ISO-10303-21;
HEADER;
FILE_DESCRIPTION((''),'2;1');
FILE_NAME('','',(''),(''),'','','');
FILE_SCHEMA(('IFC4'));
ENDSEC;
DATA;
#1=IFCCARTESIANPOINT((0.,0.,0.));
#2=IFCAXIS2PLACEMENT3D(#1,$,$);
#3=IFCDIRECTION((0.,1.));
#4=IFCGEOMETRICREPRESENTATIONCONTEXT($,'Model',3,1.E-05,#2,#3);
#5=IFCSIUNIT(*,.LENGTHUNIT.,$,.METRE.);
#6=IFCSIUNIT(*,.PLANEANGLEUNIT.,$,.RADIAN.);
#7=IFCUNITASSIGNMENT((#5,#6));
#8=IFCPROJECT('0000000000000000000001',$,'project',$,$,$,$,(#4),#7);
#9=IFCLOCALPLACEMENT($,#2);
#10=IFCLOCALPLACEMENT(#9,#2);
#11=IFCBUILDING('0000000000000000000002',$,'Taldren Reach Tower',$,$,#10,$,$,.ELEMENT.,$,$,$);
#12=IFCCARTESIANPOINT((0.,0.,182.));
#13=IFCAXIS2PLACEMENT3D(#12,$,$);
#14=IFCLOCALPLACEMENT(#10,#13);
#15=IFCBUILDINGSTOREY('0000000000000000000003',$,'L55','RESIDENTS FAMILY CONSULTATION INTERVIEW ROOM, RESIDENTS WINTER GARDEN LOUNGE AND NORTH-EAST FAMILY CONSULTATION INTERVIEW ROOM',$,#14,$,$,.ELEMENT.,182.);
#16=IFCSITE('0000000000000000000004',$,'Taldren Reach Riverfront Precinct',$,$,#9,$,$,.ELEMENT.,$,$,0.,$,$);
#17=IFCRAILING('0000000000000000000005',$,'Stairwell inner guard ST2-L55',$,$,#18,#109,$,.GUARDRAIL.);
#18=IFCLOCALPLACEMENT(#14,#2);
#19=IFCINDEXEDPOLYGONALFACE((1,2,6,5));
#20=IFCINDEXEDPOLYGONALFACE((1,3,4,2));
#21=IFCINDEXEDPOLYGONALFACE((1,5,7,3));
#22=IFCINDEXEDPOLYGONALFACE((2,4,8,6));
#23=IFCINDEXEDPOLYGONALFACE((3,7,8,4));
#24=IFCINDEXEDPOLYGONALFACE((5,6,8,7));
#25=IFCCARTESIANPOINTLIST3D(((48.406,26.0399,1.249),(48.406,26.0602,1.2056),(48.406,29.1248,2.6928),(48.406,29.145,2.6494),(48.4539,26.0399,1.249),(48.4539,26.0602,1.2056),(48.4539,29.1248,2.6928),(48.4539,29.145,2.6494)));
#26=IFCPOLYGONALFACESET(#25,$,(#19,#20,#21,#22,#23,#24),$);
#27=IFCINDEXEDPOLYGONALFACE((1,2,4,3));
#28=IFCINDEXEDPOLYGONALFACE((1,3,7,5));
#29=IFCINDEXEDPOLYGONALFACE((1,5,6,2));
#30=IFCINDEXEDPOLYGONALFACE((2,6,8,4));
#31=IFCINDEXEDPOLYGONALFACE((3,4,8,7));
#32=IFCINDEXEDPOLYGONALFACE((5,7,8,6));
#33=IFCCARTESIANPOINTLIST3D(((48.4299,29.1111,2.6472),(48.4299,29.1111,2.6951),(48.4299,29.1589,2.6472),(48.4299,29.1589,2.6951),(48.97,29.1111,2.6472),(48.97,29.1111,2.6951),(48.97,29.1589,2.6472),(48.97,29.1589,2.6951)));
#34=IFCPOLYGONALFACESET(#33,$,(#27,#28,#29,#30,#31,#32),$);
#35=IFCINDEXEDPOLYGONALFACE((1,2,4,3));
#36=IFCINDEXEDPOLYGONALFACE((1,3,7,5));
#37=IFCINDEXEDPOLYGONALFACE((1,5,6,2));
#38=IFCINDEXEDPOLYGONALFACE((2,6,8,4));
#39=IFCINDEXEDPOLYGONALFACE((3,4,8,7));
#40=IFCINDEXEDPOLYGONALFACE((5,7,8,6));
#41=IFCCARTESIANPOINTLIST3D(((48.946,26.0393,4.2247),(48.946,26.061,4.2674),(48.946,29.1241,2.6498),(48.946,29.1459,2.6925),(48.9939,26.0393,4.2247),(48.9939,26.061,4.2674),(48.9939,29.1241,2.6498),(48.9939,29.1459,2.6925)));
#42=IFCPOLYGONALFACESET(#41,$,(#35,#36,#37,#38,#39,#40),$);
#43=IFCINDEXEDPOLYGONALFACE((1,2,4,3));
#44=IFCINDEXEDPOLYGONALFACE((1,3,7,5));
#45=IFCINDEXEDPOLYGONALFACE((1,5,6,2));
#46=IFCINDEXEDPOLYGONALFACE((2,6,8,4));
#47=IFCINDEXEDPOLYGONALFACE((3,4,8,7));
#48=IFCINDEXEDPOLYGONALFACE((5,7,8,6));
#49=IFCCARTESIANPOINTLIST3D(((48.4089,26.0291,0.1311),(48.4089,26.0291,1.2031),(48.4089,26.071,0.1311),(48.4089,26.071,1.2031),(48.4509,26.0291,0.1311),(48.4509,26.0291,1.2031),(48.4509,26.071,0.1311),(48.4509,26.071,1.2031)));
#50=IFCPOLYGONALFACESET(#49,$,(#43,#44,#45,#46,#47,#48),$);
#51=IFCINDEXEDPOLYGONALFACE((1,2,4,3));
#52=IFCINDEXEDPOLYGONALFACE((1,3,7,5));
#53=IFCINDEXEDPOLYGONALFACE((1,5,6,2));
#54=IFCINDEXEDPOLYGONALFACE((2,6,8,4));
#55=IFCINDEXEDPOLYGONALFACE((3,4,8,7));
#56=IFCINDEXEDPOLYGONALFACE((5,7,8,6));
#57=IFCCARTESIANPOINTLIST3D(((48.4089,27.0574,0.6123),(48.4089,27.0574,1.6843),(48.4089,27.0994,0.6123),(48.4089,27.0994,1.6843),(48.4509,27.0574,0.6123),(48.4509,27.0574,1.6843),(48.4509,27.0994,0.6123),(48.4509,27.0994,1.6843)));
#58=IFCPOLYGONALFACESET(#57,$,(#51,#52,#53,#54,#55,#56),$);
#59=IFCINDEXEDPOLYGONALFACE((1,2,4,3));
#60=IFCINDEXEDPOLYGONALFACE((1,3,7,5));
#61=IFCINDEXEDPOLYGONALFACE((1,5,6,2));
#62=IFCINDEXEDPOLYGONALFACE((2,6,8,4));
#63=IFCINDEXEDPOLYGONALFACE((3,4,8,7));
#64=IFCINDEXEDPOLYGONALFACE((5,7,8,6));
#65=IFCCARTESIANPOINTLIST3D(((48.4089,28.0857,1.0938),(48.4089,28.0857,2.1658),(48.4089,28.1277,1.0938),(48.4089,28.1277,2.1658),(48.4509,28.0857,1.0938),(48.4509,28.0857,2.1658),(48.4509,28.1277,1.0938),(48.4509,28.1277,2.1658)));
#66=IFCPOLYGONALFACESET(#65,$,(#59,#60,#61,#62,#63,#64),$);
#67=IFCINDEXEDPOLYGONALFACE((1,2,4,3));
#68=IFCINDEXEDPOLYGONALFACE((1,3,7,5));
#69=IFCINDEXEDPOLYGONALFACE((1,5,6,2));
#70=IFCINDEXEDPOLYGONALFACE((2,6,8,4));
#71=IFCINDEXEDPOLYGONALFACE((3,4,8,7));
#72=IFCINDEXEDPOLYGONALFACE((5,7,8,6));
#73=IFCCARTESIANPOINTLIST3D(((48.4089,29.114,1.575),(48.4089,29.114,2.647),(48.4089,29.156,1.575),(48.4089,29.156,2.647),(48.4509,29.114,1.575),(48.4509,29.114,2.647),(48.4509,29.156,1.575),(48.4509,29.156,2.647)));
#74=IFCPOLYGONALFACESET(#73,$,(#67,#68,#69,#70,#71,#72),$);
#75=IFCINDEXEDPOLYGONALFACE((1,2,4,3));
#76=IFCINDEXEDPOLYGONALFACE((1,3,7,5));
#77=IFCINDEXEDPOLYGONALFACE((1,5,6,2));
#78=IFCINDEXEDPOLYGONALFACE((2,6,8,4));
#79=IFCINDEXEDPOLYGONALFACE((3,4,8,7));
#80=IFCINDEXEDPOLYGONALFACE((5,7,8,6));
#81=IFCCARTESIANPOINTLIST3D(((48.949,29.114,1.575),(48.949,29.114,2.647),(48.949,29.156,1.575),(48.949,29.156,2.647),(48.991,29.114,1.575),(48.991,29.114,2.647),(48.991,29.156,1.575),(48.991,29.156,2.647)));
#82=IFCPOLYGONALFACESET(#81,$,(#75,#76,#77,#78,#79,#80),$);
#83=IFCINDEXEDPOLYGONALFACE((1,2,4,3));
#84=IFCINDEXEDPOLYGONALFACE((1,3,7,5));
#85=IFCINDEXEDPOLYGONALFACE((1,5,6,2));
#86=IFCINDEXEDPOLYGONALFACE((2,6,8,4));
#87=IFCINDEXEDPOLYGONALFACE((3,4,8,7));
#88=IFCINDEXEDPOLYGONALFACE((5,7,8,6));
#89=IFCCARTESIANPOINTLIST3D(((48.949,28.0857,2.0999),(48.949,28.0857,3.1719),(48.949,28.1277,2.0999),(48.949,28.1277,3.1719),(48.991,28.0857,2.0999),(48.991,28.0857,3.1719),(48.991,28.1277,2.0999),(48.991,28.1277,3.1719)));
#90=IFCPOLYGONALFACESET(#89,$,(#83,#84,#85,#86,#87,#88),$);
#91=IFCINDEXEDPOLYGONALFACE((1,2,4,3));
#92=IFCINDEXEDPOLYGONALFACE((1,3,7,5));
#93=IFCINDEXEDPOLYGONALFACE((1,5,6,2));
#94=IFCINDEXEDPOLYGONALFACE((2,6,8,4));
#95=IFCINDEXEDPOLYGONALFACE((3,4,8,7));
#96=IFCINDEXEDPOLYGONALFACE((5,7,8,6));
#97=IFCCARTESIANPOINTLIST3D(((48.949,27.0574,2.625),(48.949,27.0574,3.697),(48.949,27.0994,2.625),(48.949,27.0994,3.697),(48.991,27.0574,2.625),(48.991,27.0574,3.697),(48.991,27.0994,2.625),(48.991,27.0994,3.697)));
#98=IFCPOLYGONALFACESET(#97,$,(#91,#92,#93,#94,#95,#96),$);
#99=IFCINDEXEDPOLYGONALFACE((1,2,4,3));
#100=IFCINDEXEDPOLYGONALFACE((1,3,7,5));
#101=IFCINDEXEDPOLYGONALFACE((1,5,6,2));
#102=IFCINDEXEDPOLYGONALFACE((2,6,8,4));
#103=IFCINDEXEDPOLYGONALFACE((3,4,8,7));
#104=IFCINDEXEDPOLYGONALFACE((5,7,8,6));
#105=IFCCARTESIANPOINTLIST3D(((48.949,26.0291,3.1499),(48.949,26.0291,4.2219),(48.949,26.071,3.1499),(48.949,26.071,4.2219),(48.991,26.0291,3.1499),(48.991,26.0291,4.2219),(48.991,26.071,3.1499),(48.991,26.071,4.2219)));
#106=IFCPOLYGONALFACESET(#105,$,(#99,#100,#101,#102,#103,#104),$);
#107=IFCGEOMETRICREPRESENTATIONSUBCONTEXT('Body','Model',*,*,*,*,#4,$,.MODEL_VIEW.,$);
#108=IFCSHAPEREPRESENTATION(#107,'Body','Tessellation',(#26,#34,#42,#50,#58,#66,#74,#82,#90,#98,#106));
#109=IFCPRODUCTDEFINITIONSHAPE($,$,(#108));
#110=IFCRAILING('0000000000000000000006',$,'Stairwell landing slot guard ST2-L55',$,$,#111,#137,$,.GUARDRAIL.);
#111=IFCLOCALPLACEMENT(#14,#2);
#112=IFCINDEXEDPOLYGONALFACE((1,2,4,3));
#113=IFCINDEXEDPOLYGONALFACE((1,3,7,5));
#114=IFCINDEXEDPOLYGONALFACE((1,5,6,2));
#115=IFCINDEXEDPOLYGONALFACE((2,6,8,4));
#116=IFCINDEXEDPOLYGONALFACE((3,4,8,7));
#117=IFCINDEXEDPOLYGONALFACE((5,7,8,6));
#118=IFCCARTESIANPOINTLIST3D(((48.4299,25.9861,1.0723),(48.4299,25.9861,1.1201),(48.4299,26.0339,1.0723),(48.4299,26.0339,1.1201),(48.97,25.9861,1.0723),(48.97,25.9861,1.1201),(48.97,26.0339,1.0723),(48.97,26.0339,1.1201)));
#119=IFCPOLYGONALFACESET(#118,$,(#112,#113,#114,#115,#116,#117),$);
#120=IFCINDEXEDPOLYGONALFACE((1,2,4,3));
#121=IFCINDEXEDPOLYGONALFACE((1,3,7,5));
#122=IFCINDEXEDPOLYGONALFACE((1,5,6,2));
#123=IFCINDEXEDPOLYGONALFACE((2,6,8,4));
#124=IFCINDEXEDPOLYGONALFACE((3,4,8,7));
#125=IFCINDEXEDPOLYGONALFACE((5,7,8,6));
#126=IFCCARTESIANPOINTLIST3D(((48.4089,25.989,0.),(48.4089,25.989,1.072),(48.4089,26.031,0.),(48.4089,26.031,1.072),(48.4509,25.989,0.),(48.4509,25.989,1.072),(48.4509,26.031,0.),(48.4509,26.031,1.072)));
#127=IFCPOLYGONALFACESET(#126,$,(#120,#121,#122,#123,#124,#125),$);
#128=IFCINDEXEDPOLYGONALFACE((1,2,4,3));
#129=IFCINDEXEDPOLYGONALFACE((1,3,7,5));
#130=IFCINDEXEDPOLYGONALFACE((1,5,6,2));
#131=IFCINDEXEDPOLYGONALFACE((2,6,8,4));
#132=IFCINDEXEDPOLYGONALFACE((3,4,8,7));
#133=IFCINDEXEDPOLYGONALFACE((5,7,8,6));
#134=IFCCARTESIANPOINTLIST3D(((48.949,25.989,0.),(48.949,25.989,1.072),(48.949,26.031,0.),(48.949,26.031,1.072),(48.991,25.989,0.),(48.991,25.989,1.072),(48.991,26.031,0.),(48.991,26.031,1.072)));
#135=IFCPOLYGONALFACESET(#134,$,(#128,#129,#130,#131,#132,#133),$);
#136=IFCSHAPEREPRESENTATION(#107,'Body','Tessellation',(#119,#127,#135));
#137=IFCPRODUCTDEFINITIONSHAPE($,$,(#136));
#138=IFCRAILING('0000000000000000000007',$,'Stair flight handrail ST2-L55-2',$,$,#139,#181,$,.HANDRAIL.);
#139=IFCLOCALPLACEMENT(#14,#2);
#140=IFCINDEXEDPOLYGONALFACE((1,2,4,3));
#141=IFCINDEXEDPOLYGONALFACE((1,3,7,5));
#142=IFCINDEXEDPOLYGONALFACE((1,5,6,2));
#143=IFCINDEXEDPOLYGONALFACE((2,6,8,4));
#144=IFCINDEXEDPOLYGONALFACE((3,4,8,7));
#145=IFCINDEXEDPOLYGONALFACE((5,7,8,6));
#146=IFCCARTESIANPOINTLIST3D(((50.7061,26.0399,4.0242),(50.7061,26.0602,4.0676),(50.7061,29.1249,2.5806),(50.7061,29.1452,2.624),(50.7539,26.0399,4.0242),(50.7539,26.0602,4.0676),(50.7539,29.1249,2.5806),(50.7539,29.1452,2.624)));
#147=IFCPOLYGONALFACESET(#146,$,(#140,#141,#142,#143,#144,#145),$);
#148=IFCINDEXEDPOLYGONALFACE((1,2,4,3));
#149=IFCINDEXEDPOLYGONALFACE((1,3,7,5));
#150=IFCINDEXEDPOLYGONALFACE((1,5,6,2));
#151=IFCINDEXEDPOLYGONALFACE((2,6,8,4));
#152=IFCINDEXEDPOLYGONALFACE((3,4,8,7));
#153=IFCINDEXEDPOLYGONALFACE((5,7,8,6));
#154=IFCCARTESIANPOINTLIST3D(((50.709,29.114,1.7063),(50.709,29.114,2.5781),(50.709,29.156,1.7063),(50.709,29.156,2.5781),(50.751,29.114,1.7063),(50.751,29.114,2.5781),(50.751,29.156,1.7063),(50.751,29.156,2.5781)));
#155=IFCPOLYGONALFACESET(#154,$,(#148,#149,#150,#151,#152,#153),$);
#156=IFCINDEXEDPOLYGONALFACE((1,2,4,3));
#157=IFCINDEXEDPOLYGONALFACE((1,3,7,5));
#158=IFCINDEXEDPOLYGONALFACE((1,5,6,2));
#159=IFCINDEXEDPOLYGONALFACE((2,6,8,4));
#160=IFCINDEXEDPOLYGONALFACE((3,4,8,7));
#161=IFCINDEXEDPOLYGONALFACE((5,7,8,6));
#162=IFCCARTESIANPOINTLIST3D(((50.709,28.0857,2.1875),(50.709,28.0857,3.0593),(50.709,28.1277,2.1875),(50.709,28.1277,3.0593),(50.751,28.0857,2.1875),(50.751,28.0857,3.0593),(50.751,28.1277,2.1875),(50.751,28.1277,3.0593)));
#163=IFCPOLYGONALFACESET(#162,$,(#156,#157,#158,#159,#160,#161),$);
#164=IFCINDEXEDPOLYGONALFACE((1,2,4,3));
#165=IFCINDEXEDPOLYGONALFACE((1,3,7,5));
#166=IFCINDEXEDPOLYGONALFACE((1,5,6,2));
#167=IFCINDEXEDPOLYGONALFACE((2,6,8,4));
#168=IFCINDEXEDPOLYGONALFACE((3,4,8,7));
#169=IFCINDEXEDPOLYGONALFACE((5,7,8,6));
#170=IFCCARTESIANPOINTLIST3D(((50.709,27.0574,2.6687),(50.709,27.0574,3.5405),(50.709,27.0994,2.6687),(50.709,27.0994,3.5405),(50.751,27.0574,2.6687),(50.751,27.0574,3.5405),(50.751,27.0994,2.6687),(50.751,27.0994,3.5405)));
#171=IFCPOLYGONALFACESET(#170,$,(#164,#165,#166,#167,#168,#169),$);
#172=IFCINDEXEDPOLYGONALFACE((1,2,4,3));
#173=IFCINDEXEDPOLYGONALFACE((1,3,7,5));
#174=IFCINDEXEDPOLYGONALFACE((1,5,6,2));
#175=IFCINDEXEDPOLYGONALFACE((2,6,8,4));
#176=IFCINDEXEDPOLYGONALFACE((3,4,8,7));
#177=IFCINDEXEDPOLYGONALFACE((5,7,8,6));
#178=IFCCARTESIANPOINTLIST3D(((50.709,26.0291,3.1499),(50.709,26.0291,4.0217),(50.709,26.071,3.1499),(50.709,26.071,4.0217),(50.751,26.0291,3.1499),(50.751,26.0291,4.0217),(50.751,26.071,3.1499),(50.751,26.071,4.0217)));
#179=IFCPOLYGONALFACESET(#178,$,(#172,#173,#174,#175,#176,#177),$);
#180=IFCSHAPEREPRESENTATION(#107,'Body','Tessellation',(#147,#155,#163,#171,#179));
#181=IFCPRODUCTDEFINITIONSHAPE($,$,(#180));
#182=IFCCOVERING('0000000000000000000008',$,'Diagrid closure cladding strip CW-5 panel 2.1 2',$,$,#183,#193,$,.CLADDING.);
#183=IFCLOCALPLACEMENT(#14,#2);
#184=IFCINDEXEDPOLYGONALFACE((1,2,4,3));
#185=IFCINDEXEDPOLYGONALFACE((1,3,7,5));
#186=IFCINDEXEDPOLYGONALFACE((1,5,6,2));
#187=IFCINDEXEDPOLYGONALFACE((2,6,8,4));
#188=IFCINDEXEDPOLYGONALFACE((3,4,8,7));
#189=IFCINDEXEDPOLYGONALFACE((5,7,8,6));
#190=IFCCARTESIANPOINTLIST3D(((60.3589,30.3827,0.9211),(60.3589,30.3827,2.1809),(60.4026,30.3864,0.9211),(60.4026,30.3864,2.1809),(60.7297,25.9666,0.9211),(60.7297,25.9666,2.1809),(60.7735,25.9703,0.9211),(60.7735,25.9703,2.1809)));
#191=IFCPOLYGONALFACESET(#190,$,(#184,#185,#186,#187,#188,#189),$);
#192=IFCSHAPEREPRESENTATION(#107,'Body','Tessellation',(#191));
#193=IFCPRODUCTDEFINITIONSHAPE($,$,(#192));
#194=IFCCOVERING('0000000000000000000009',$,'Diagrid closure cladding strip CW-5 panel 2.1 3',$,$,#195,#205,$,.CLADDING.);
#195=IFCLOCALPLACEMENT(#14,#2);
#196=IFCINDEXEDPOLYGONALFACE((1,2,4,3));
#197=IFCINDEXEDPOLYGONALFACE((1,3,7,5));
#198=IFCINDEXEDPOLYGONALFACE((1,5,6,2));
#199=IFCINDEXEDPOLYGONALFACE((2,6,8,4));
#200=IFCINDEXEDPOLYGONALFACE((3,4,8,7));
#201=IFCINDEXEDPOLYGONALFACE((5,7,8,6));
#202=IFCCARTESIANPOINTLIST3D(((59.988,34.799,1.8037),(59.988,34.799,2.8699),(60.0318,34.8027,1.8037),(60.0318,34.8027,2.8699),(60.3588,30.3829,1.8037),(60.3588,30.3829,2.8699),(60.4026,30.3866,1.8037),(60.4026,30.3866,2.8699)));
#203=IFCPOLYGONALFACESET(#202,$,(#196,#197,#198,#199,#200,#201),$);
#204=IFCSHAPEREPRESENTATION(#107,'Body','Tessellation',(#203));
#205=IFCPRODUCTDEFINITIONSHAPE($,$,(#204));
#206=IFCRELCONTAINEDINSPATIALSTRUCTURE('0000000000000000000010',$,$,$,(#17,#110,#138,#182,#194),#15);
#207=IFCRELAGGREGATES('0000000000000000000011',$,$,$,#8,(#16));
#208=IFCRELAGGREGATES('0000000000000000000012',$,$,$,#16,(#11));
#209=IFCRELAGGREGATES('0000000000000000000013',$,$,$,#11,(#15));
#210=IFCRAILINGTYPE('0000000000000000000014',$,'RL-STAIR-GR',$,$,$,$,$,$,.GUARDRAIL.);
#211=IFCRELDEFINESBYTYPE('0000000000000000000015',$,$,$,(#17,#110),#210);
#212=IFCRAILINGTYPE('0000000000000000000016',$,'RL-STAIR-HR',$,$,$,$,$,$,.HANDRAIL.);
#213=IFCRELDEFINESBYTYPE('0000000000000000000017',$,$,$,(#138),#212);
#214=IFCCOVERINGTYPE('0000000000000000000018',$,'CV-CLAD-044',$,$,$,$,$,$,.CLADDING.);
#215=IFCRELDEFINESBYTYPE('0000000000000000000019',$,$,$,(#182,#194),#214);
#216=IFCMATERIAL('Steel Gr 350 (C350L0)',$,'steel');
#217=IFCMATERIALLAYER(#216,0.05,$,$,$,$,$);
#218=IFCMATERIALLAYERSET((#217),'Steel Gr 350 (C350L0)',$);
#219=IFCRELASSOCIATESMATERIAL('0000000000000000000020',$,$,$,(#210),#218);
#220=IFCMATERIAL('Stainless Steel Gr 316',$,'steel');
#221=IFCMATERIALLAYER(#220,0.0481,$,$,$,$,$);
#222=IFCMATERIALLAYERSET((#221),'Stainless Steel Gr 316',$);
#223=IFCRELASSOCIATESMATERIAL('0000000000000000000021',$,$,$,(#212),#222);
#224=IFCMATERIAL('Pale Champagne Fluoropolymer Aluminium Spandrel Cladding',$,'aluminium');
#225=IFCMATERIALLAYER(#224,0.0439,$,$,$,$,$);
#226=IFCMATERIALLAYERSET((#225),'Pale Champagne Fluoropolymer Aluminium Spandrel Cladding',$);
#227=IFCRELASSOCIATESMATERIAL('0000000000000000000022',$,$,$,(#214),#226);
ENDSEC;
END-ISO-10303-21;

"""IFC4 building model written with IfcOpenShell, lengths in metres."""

from ifc_helpers import new_model, si_unit, direction, frame, origin, origin_2d, place, context, subcontext, project, spatial, rectangle, extrude, source, transform, mapped, material, layer, layer_set, type_object, element, save


model = new_model("IFC4")

# Units and contexts
model_context = context("Model", 3, precision=1e-05, world=origin(), true_north=direction((0.0, 1.0)))
body_context = subcontext(model_context, "Body", "Model", "MODEL_VIEW")
ifc_project = project(units=[si_unit("LENGTHUNIT", "METRE"), si_unit("PLANEANGLEUNIT", "RADIAN")], contexts=[model_context])

# Site, building, storey
site_placement = place(None, origin())
site = spatial("IfcSite", under=ifc_project, at=site_placement, Name="Taldren Reach Riverfront Precinct", CompositionType="ELEMENT", RefElevation=0.0)
building_placement = place(site_placement, origin())
building = spatial("IfcBuilding", under=site, at=building_placement, Name="Taldren Reach Tower", CompositionType="ELEMENT")
storey_placement = place(building_placement, frame((0.0, 0.0, 182.0)))
storey = spatial("IfcBuildingStorey", under=building, at=storey_placement, Name="L55", Description="RESIDENTS FAMILY CONSULTATION INTERVIEW ROOM, RESIDENTS WINTER GARDEN LOUNGE AND NORTH-EAST FAMILY CONSULTATION INTERVIEW ROOM", CompositionType="ELEMENT", Elevation=182.0)

# Shared definitions
ifc_material_1 = material(Name="Steel Gr 350 (C350L0)", Category="steel")

# Railings
ifc_layer_1 = layer(ifc_material_1, 0.05)
ifc_layer_set_1 = layer_set([ifc_layer_1], Name="Steel Gr 350 (C350L0)")
railing_type_1 = type_object("IfcRailingType", Name="RL-STAIR-GR", PredefinedType="GUARDRAIL", material=ifc_layer_set_1)
railing_1_placement = place(storey_placement, frame((48.4299, 26.05, 0.1311)))
element("IfcRailing", 1, at=railing_1_placement, inside=storey, type_object=railing_type_1, Name="Stairwell inner guard ST2-L55", PredefinedType="GUARDRAIL", context=body_context, shape_type="SweptSolid", body=[
    extrude(rectangle(XDim=0.0479, YDim=0.0479, at=origin_2d()), frame((0.0, 0.0, 1.0962), z_axis=(0.0, 0.90571, 0.423898), x_axis=(-1.0, 0.0, 0.0)), (0.0, 0.0, 1.0), 3.406),
    extrude(rectangle(XDim=0.0479, YDim=0.0479, at=origin_2d()), frame((0.0, 3.085, 2.54), z_axis=(1.0, 0.0, 0.0), x_axis=(0.0, 1.0, 0.0)), (0.0, 0.0, 1.0), 0.54),
    extrude(rectangle(XDim=0.0479, YDim=0.0479, at=origin_2d()), frame((0.54, 3.085, 2.54), z_axis=(0.0, -0.890646, 0.454697), x_axis=(1.0, 0.0, 0.0)), (0.0, 0.0, 1.0), 3.4636),
    extrude(rectangle(XDim=0.042, YDim=0.042, at=origin_2d()), origin(), (0.0, 0.0, 1.0), 1.072),
    extrude(rectangle(XDim=0.042, YDim=0.042, at=origin_2d()), frame((0.0, 1.0283, 0.4812)), (0.0, 0.0, 1.0), 1.072),
    extrude(rectangle(XDim=0.042, YDim=0.042, at=origin_2d()), frame((0.0, 2.0566, 0.9626)), (0.0, 0.0, 1.0), 1.072),
    extrude(rectangle(XDim=0.042, YDim=0.042, at=origin_2d()), frame((0.0, 3.085, 1.4438)), (0.0, 0.0, 1.0), 1.072),
    extrude(rectangle(XDim=0.042, YDim=0.042, at=origin_2d()), frame((0.54, 3.085, 1.4438)), (0.0, 0.0, 1.0), 1.072),
    extrude(rectangle(XDim=0.042, YDim=0.042, at=origin_2d()), frame((0.54, 2.0566, 1.9688)), (0.0, 0.0, 1.0), 1.072),
    extrude(rectangle(XDim=0.042, YDim=0.042, at=origin_2d()), frame((0.54, 1.0283, 2.4939)), (0.0, 0.0, 1.0), 1.072),
    extrude(rectangle(XDim=0.042, YDim=0.042, at=origin_2d()), frame((0.54, 0.0, 3.0188)), (0.0, 0.0, 1.0), 1.072),
])
railing_2_placement = place(storey_placement, frame((48.4299, 26.01, 0.0)))
element("IfcRailing", 2, at=railing_2_placement, inside=storey, type_object=railing_type_1, Name="Stairwell landing slot guard ST2-L55", PredefinedType="GUARDRAIL", context=body_context, shape_type="SweptSolid", body=[
    extrude(rectangle(XDim=0.0479, YDim=0.0479, at=origin_2d()), frame((0.0, 0.0, 1.0962), z_axis=(1.0, 0.0, 0.0), x_axis=(0.0, 1.0, 0.0)), (0.0, 0.0, 1.0), 0.54),
    extrude(rectangle(XDim=0.042, YDim=0.042, at=origin_2d()), origin(), (0.0, 0.0, 1.0), 1.072),
    extrude(rectangle(XDim=0.042, YDim=0.042, at=origin_2d()), frame((0.54, 0.0, 0.0)), (0.0, 0.0, 1.0), 1.072),
])
ifc_material_2 = material(Name="Stainless Steel Gr 316", Category="steel")
ifc_layer_2 = layer(ifc_material_2, 0.0481)
ifc_layer_set_2 = layer_set([ifc_layer_2], Name="Stainless Steel Gr 316")
railing_type_2 = type_object("IfcRailingType", Name="RL-STAIR-HR", PredefinedType="HANDRAIL", material=ifc_layer_set_2)
railing_3_placement = place(storey_placement, frame((50.73, 29.135, 1.7063)))
element("IfcRailing", 3, at=railing_3_placement, inside=storey, type_object=railing_type_2, Name="Stair flight handrail ST2-L55-2", PredefinedType="HANDRAIL", context=body_context, shape_type="SweptSolid", body=[
    extrude(rectangle(XDim=0.0479, YDim=0.0479, at=origin_2d()), frame((0.0, 0.0, 0.896), z_axis=(0.0, -0.905738, 0.423839), x_axis=(1.0, 0.0, 0.0)), (0.0, 0.0, 1.0), 3.406),
    extrude(rectangle(XDim=0.042, YDim=0.042, at=origin_2d()), origin(), (0.0, 0.0, 1.0), 0.8718),
    extrude(rectangle(XDim=0.042, YDim=0.042, at=origin_2d()), frame((0.0, -1.0283, 0.4812)), (0.0, 0.0, 1.0), 0.8718),
    extrude(rectangle(XDim=0.042, YDim=0.042, at=origin_2d()), frame((0.0, -2.0566, 0.9624)), (0.0, 0.0, 1.0), 0.8718),
    extrude(rectangle(XDim=0.042, YDim=0.042, at=origin_2d()), frame((0.0, -3.085, 1.4436)), (0.0, 0.0, 1.0), 0.8718),
])

# Coverings
ifc_material_3 = material(Name="Pale Champagne Fluoropolymer Aluminium Spandrel Cladding", Category="aluminium")
ifc_layer_3 = layer(ifc_material_3, 0.0439)
ifc_layer_set_3 = layer_set([ifc_layer_3], Name="Pale Champagne Fluoropolymer Aluminium Spandrel Cladding")
covering_type = type_object("IfcCoveringType", Name="CV-CLAD-044", PredefinedType="CLADDING", material=ifc_layer_set_3)
shared_shape_1 = source(origin(), body_context, "Body", "SweptSolid", [
    extrude(rectangle(XDim=4.4316, YDim=0.0439, at=origin_2d()), origin(), (0.0, 0.0, 1.0), 1.2598),
])
covering_1_placement = place(storey_placement, frame((60.5662, 28.1765, 0.9211), z_axis=(0.0, 0.0, 1.0), x_axis=(-0.083678, 0.996493, 0.0)))
element("IfcCovering", 4, at=covering_1_placement, inside=storey, type_object=covering_type, Name="Diagrid closure cladding strip CW-5 panel 2.1 2", PredefinedType="CLADDING", context=body_context, shape_type="MappedRepresentation", body=[
    mapped(shared_shape_1, transform((0.0, 0.0, 0.0), scale=1.0)),
])
shared_shape_2 = source(origin(), body_context, "Body", "SweptSolid", [
    extrude(rectangle(XDim=4.4316, YDim=0.0439, at=origin_2d()), origin(), (0.0, 0.0, 1.0), 1.0662),
])
covering_2_placement = place(storey_placement, frame((60.1953, 32.5928, 1.8037), z_axis=(0.0, 0.0, 1.0), x_axis=(-0.083678, 0.996493, 0.0)))
element("IfcCovering", 5, at=covering_2_placement, inside=storey, type_object=covering_type, Name="Diagrid closure cladding strip CW-5 panel 2.1 3", PredefinedType="CLADDING", context=body_context, shape_type="MappedRepresentation", body=[
    mapped(shared_shape_2, transform((0.0, 0.0, 0.0), scale=1.0)),
])

save(model, "model.ifc")
